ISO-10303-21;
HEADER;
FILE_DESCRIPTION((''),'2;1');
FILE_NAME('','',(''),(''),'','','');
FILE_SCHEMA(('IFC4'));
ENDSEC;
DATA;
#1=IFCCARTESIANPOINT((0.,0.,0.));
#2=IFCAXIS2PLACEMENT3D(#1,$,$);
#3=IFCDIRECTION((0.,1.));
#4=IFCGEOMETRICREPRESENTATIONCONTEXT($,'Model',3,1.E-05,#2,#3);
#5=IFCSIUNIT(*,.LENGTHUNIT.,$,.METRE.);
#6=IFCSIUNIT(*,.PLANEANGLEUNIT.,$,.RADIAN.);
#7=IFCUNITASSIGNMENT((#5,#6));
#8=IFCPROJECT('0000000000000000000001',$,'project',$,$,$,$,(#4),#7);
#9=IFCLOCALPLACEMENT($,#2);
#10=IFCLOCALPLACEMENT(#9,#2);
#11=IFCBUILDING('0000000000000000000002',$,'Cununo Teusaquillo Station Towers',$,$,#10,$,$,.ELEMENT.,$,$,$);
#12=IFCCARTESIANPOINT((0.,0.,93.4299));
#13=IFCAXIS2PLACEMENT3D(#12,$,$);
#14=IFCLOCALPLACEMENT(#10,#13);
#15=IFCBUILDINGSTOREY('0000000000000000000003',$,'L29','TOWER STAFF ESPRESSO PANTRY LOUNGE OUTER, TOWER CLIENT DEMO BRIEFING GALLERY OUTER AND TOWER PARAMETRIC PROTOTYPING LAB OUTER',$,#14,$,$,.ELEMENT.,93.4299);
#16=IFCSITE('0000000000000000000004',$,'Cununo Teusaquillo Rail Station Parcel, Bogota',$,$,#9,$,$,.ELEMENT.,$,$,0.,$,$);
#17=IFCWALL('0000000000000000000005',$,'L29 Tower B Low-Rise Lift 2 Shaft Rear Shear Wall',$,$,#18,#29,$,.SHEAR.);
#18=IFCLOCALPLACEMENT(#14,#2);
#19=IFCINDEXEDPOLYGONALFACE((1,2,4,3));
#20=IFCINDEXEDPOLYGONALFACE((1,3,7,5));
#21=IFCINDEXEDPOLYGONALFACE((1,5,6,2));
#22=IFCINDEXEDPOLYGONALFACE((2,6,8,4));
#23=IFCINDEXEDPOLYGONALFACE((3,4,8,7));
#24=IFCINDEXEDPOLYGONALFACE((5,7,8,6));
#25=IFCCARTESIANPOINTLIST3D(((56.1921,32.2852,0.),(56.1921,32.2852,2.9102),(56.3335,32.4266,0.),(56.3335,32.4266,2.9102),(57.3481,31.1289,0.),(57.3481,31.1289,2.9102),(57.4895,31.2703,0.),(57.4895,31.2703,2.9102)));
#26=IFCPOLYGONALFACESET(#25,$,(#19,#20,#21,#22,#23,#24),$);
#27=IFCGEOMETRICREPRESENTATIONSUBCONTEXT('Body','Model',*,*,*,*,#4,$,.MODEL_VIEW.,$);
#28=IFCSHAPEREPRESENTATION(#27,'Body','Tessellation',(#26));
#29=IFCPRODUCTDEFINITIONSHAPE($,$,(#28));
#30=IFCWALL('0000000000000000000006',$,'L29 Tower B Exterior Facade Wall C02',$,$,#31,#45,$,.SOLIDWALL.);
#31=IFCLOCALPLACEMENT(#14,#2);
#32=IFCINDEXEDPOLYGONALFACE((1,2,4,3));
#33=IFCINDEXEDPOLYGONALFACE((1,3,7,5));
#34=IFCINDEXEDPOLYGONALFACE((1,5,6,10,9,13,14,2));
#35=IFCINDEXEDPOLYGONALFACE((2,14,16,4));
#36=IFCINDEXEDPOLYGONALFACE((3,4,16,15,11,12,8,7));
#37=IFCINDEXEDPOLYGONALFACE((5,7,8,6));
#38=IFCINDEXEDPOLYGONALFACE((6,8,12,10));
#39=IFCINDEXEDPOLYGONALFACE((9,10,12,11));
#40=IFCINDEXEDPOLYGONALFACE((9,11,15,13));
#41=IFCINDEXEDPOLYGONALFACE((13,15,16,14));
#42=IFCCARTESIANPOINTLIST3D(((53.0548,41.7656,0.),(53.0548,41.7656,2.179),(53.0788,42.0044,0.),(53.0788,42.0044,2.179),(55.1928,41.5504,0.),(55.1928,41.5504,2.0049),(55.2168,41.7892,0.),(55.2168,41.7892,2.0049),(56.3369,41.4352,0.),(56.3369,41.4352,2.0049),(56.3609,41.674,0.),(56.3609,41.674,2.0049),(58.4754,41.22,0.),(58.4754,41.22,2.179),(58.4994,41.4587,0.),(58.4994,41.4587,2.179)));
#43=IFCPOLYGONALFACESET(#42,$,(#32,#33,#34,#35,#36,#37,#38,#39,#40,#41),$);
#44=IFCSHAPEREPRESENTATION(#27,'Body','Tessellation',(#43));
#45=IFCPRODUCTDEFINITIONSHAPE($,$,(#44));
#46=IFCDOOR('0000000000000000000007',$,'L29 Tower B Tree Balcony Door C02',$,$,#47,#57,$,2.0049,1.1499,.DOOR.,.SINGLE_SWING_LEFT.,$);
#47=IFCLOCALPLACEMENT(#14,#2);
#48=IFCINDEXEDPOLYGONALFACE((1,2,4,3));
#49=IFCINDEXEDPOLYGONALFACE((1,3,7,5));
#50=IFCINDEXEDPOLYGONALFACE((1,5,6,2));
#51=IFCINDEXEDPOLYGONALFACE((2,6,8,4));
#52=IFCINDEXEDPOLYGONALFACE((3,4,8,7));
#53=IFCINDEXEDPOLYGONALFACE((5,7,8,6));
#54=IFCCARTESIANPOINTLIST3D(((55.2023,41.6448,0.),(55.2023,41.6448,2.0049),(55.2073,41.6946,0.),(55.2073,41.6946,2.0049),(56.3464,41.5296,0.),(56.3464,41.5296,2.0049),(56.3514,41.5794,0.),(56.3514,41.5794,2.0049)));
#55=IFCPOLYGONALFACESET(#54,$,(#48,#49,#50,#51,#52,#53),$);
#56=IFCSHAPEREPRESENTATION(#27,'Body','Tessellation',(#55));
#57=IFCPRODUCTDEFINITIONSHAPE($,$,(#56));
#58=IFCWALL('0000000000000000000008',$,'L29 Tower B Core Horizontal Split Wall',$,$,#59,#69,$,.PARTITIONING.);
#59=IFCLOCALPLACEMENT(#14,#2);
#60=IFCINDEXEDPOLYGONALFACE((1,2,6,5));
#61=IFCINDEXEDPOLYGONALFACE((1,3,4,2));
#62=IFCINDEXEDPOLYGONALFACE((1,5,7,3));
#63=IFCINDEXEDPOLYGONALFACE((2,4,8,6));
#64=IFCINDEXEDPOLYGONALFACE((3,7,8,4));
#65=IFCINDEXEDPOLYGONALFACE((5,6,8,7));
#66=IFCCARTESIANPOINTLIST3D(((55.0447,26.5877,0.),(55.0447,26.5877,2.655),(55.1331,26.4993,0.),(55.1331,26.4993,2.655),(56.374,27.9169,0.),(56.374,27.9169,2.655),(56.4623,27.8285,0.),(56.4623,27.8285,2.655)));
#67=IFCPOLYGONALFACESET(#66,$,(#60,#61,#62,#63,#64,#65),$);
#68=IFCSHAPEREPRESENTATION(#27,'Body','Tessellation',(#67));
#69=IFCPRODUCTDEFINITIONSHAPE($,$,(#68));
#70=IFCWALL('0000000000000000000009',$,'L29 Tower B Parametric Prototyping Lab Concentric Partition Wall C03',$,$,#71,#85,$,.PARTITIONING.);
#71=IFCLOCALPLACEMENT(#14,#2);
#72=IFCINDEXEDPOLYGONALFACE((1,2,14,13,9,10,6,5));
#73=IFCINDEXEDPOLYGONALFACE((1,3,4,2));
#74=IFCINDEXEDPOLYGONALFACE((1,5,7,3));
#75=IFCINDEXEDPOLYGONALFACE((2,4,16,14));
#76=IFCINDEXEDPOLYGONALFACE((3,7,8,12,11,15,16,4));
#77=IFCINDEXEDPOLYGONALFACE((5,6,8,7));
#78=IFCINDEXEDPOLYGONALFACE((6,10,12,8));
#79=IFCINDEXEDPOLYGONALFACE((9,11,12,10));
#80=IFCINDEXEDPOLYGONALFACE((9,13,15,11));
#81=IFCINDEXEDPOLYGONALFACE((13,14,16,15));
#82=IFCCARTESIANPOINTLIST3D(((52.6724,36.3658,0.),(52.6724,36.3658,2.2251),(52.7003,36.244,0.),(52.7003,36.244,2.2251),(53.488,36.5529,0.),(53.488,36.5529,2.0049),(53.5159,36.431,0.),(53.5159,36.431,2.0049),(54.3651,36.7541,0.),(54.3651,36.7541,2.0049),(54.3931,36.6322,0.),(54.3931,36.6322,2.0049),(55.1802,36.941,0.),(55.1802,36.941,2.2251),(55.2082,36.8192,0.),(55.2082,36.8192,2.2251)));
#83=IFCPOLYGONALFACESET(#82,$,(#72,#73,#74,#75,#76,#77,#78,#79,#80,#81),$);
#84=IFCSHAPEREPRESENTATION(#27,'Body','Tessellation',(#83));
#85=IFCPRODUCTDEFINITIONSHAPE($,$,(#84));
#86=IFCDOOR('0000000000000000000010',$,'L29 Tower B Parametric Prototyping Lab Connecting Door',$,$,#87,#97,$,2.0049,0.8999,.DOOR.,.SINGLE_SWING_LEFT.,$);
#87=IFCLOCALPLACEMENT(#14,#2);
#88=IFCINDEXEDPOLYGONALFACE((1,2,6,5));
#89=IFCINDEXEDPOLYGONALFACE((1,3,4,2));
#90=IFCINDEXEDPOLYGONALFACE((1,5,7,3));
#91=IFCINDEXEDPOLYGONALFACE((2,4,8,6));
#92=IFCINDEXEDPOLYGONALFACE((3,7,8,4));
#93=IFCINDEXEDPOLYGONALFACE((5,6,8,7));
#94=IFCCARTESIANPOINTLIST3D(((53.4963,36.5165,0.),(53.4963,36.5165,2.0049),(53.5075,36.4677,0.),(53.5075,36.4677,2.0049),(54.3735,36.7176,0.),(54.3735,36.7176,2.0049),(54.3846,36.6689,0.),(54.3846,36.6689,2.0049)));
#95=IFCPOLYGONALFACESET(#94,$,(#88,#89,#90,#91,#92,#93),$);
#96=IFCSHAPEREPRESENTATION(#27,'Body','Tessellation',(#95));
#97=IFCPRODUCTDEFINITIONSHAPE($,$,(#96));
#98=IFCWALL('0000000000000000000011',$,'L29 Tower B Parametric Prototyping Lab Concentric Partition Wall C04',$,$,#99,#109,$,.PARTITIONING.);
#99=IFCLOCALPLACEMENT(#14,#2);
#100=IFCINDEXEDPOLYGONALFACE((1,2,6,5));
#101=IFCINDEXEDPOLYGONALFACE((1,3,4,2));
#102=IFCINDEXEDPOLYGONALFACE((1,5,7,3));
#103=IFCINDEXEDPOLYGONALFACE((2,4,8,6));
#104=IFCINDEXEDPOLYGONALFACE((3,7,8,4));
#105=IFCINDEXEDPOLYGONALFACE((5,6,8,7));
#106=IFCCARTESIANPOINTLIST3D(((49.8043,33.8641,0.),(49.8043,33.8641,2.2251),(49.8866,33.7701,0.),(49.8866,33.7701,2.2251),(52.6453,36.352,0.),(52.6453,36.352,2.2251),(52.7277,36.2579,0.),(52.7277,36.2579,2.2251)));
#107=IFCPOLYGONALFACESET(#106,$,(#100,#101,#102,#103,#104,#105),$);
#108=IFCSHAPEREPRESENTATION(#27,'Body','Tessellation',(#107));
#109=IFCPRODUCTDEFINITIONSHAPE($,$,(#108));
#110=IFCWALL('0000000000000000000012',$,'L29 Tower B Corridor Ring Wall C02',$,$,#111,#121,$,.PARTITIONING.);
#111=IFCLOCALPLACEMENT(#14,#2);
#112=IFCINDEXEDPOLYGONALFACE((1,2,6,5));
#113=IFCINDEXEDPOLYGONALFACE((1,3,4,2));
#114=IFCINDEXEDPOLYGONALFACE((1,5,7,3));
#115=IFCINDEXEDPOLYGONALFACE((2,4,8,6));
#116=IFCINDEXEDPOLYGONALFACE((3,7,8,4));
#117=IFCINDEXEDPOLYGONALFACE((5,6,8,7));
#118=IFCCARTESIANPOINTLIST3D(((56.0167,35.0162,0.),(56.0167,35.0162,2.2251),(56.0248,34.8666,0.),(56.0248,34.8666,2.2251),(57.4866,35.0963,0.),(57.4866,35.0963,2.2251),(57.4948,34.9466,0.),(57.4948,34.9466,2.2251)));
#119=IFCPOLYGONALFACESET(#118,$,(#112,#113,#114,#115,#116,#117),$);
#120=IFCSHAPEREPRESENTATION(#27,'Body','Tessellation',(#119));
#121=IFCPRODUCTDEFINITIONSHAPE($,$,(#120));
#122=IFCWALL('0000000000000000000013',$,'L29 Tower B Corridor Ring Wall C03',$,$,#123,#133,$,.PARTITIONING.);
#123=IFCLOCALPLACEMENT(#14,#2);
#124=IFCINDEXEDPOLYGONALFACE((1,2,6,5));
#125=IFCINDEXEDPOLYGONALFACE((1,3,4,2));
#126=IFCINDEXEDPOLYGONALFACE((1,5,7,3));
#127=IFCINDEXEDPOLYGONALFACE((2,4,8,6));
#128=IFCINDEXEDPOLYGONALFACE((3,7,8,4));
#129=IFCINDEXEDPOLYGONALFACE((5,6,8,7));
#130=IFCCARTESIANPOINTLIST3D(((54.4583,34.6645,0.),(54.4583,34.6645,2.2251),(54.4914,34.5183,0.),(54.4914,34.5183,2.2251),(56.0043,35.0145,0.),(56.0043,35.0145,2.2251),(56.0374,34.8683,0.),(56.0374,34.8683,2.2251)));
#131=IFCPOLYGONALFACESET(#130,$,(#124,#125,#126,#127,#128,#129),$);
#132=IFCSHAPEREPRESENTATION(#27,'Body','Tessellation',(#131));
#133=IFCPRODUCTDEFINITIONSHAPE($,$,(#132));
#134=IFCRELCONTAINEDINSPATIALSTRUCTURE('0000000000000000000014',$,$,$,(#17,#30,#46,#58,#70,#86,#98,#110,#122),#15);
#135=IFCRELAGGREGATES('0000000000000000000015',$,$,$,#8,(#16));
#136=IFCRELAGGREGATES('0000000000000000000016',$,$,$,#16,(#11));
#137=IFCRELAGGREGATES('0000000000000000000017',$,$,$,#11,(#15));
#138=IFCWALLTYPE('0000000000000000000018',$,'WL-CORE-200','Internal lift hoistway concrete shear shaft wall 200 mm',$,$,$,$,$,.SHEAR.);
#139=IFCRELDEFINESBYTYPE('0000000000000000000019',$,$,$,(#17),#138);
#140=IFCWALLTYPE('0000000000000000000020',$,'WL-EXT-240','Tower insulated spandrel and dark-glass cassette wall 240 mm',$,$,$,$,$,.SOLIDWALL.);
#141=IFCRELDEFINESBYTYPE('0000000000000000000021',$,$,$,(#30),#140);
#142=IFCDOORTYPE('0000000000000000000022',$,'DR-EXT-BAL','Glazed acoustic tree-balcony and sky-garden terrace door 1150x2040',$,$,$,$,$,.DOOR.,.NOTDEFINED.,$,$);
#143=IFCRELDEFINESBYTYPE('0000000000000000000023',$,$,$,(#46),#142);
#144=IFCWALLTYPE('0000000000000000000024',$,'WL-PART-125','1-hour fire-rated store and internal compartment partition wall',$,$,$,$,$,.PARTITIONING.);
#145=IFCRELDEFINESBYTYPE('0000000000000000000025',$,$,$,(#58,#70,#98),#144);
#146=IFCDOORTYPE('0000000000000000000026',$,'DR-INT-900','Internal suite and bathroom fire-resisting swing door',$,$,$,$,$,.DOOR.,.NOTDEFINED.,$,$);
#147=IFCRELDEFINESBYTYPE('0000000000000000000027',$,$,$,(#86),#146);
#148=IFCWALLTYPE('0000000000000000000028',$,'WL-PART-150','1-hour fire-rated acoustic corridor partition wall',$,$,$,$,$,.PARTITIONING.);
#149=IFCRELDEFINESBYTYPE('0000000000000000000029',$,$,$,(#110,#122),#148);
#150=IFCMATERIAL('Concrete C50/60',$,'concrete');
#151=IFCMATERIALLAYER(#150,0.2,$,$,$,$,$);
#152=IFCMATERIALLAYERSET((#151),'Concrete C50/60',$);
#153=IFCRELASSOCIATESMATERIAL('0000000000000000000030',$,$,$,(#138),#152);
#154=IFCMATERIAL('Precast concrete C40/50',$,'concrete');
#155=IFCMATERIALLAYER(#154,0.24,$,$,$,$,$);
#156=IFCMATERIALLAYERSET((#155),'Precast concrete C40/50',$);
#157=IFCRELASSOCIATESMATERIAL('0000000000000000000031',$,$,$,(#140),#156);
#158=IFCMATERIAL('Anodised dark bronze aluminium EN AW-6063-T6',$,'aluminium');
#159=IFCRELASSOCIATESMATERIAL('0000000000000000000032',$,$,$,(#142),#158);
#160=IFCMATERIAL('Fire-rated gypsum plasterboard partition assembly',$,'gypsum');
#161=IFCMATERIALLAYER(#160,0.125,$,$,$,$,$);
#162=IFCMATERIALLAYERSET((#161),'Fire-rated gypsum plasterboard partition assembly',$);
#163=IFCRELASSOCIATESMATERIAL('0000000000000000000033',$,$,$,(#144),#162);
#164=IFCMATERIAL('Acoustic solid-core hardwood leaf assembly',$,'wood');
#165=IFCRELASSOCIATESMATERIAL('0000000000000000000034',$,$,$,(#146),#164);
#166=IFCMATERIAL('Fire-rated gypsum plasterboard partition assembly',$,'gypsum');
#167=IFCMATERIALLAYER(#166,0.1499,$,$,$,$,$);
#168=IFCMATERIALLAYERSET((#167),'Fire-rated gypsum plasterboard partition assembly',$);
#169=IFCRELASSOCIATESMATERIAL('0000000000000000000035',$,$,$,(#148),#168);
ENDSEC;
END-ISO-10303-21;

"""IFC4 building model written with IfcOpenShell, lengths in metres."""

from ifc_helpers import new_model, si_unit, direction, frame, frame_2d, origin, place, context, subcontext, project, spatial, rectangle, extrude, source, transform, mapped, material, layer, layer_set, type_object, element, fill, save


model = new_model("IFC4")

# Units and contexts
model_context = context("Model", 3, precision=1e-05, world=origin(), true_north=direction((0.0, 1.0)))
body_context = subcontext(model_context, "Body", "Model", "MODEL_VIEW")
ifc_project = project(units=[si_unit("LENGTHUNIT", "METRE"), si_unit("PLANEANGLEUNIT", "RADIAN")], contexts=[model_context])

# Site, building, storey
site_placement = place(None, origin())
site = spatial("IfcSite", under=ifc_project, at=site_placement, Name="Cununo Teusaquillo Rail Station Parcel, Bogota", CompositionType="ELEMENT", RefElevation=0.0)
building_placement = place(site_placement, origin())
building = spatial("IfcBuilding", under=site, at=building_placement, Name="Cununo Teusaquillo Station Towers", CompositionType="ELEMENT")
storey_placement = place(building_placement, frame((0.0, 0.0, 93.4299)))
storey = spatial("IfcBuildingStorey", under=building, at=storey_placement, Name="L29", Description="TOWER STAFF ESPRESSO PANTRY LOUNGE OUTER, TOWER CLIENT DEMO BRIEFING GALLERY OUTER AND TOWER PARAMETRIC PROTOTYPING LAB OUTER", CompositionType="ELEMENT", Elevation=93.4299)

# Wall
ifc_material_1 = material(Name="Concrete C50/60", Category="concrete")
ifc_layer_1 = layer(ifc_material_1, 0.2)
ifc_layer_set_1 = layer_set([ifc_layer_1], Name="Concrete C50/60")
wall_type_1 = type_object("IfcWallType", Name="WL-CORE-200", Description="Internal lift hoistway concrete shear shaft wall 200 mm", PredefinedType="SHEAR", material=ifc_layer_set_1)
wall_1_placement = place(storey_placement, frame((57.4187, 31.1997, 0.0), z_axis=(0.0, 0.0, 1.0), x_axis=(-0.707032, 0.707181, 0.0)))
element("IfcWall", 1, at=wall_1_placement, inside=storey, type_object=wall_type_1, Name="L29 Tower B Low-Rise Lift 2 Shaft Rear Shear Wall", PredefinedType="SHEAR", context=body_context, shape_type="SweptSolid", body=[
    extrude(rectangle(XDim=1.635, YDim=0.2, at=frame_2d((0.8174, 0.0))), origin(), (0.0, 0.0, 1.0), 2.9102),
])

# Wall, opening, door
ifc_material_2 = material(Name="Precast concrete C40/50", Category="concrete")
ifc_layer_2 = layer(ifc_material_2, 0.24)
ifc_layer_set_2 = layer_set([ifc_layer_2], Name="Precast concrete C40/50")
wall_type_2 = type_object("IfcWallType", Name="WL-EXT-240", Description="Tower insulated spandrel and dark-glass cassette wall 240 mm", PredefinedType="SOLIDWALL", material=ifc_layer_set_2)
wall_2_placement = place(storey_placement, frame((53.0667, 41.885, 0.0), z_axis=(0.0, 0.0, 1.0), x_axis=(0.994972, -0.100156, 0.0)))
wall_2 = element("IfcWall", 2, at=wall_2_placement, inside=storey, type_object=wall_type_2, Name="L29 Tower B Exterior Facade Wall C02", PredefinedType="SOLIDWALL", context=body_context, shape_type="SweptSolid", body=[
    extrude(rectangle(XDim=5.448, YDim=0.24, at=frame_2d((2.7241, 0.0))), origin(), (0.0, 0.0, 1.0), 2.179),
])
shared_shape_1 = source(origin(), body_context, "Body", "SweptSolid", [
    extrude(rectangle(XDim=1.1499, YDim=2.0049, at=frame_2d((0.575, 1.0024))), frame((0.0, 0.1299, 0.0), z_axis=(0.0, -1.0, 0.0), x_axis=(1.0, 0.0, 0.0)), (0.0, 0.0, 1.0), 0.26),
])
opening_1_placement = place(wall_2_placement, frame((2.1489, 0.0, 0.0)))
opening_1 = element("IfcOpeningElement", 3, at=opening_1_placement, cuts=wall_2, PredefinedType="OPENING", context=body_context, shape_type="MappedRepresentation", body=[
    mapped(shared_shape_1, transform((0.0, 0.0, 0.0), x_axis=(1.0, 0.0, 0.0), y_axis=(0.0, 1.0, 0.0), z_axis=(0.0, 0.0, 1.0), scale=1.0)),
])
ifc_material_3 = material(Name="Anodised dark bronze aluminium EN AW-6063-T6", Category="aluminium")
door_type_1 = type_object("IfcDoorType", Name="DR-EXT-BAL", Description="Glazed acoustic tree-balcony and sky-garden terrace door 1150x2040", OperationType="NOTDEFINED", PredefinedType="DOOR", material=ifc_material_3)
shared_shape_2 = source(origin(), body_context, "Body", "SweptSolid", [
    extrude(rectangle(XDim=1.1499, YDim=2.0049, at=frame_2d((0.575, 1.0024))), frame((0.0, 0.0249, 0.0), z_axis=(0.0, -1.0, 0.0), x_axis=(1.0, 0.0, 0.0)), (0.0, 0.0, 1.0), 0.05),
])
door_1_placement = place(opening_1_placement, origin())
door_1 = element("IfcDoor", 4, at=door_1_placement, inside=storey, type_object=door_type_1, Name="L29 Tower B Tree Balcony Door C02", OperationType="SINGLE_SWING_LEFT", OverallHeight=2.0049, OverallWidth=1.1499, PredefinedType="DOOR", context=body_context, shape_type="MappedRepresentation", body=[
    mapped(shared_shape_2, transform((0.0, 0.0, 0.0), x_axis=(1.0, 0.0, 0.0), y_axis=(0.0, 1.0, 0.0), z_axis=(0.0, 0.0, 1.0), scale=1.0)),
])
fill(opening_1, door_1)

# Wall
ifc_material_4 = material(Name="Fire-rated gypsum plasterboard partition assembly", Category="gypsum")
ifc_layer_3 = layer(ifc_material_4, 0.125)
ifc_layer_set_3 = layer_set([ifc_layer_3], Name="Fire-rated gypsum plasterboard partition assembly")
wall_type_3 = type_object("IfcWallType", Name="WL-PART-125", Description="1-hour fire-rated store and internal compartment partition wall", PredefinedType="PARTITIONING", material=ifc_layer_set_3)
wall_3_placement = place(storey_placement, frame((55.0889, 26.5435, 0.0), z_axis=(0.0, 0.0, 1.0), x_axis=(0.707107, 0.707107, 0.0)))
element("IfcWall", 5, at=wall_3_placement, inside=storey, type_object=wall_type_3, Name="L29 Tower B Core Horizontal Split Wall", PredefinedType="PARTITIONING", context=body_context, shape_type="SweptSolid", body=[
    extrude(rectangle(XDim=1.8799, YDim=0.125, at=frame_2d((0.9399, 0.0))), origin(), (0.0, 0.0, 1.0), 2.655),
])

# Wall, opening, door
wall_4_placement = place(storey_placement, frame((55.1943, 36.8801, 0.0), z_axis=(0.0, 0.0, 1.0), x_axis=(-0.974691, -0.223556, 0.0)))
wall_4 = element("IfcWall", 6, at=wall_4_placement, inside=storey, type_object=wall_type_3, Name="L29 Tower B Parametric Prototyping Lab Concentric Partition Wall C03", PredefinedType="PARTITIONING", context=body_context, shape_type="SweptSolid", body=[
    extrude(rectangle(XDim=2.573, YDim=0.125, at=frame_2d((1.2866, 0.0))), origin(), (0.0, 0.0, 1.0), 2.2251),
])
shared_shape_3 = source(origin(), body_context, "Body", "SweptSolid", [
    extrude(rectangle(XDim=0.8999, YDim=2.0049, at=frame_2d((0.45, 1.0024))), frame((0.0, 0.0725, 0.0), z_axis=(0.0, -1.0, 0.0), x_axis=(1.0, 0.0, 0.0)), (0.0, 0.0, 1.0), 0.145),
])
opening_2_placement = place(wall_4_placement, frame((0.8364, 0.0, 0.0)))
opening_2 = element("IfcOpeningElement", 7, at=opening_2_placement, cuts=wall_4, PredefinedType="OPENING", context=body_context, shape_type="MappedRepresentation", body=[
    mapped(shared_shape_3, transform((0.0, 0.0, 0.0), x_axis=(1.0, 0.0, 0.0), y_axis=(0.0, 1.0, 0.0), z_axis=(0.0, 0.0, 1.0), scale=1.0)),
])
ifc_material_5 = material(Name="Acoustic solid-core hardwood leaf assembly", Category="wood")
door_type_2 = type_object("IfcDoorType", Name="DR-INT-900", Description="Internal suite and bathroom fire-resisting swing door", OperationType="NOTDEFINED", PredefinedType="DOOR", material=ifc_material_5)
shared_shape_4 = source(origin(), body_context, "Body", "SweptSolid", [
    extrude(rectangle(XDim=0.8999, YDim=2.0049, at=frame_2d((0.45, 1.0024))), frame((0.0, 0.0249, 0.0), z_axis=(0.0, -1.0, 0.0), x_axis=(1.0, 0.0, 0.0)), (0.0, 0.0, 1.0), 0.05),
])
door_2_placement = place(opening_2_placement, origin())
door_2 = element("IfcDoor", 8, at=door_2_placement, inside=storey, type_object=door_type_2, Name="L29 Tower B Parametric Prototyping Lab Connecting Door", OperationType="SINGLE_SWING_LEFT", OverallHeight=2.0049, OverallWidth=0.8999, PredefinedType="DOOR", context=body_context, shape_type="MappedRepresentation", body=[
    mapped(shared_shape_4, transform((0.0, 0.0, 0.0), x_axis=(1.0, 0.0, 0.0), y_axis=(0.0, 1.0, 0.0), z_axis=(0.0, 0.0, 1.0), scale=1.0)),
])
fill(opening_2, door_2)

# Walls
wall_5_placement = place(storey_placement, frame((52.6865, 36.3049, 0.0), z_axis=(0.0, 0.0, 1.0), x_axis=(-0.752332, -0.658784, 0.0)))
element("IfcWall", 9, at=wall_5_placement, inside=storey, type_object=wall_type_3, Name="L29 Tower B Parametric Prototyping Lab Concentric Partition Wall C04", PredefinedType="PARTITIONING", context=body_context, shape_type="SweptSolid", body=[
    extrude(rectangle(XDim=3.7764, YDim=0.125, at=frame_2d((1.8882, 0.0))), origin(), (0.0, 0.0, 1.0), 2.2251),
])
ifc_material_6 = material(Name="Fire-rated gypsum plasterboard partition assembly", Category="gypsum")
ifc_layer_4 = layer(ifc_material_6, 0.1499)
ifc_layer_set_4 = layer_set([ifc_layer_4], Name="Fire-rated gypsum plasterboard partition assembly")
wall_type_4 = type_object("IfcWallType", Name="WL-PART-150", Description="1-hour fire-rated acoustic corridor partition wall", PredefinedType="PARTITIONING", material=ifc_layer_set_4)
wall_6_placement = place(storey_placement, frame((57.4907, 35.0215, 0.0), z_axis=(0.0, 0.0, 1.0), x_axis=(-0.998519, -0.054395, 0.0)))
element("IfcWall", 10, at=wall_6_placement, inside=storey, type_object=wall_type_4, Name="L29 Tower B Corridor Ring Wall C02", PredefinedType="PARTITIONING", context=body_context, shape_type="SweptSolid", body=[
    extrude(rectangle(XDim=1.4722, YDim=0.1499, at=frame_2d((0.7361, 0.0))), origin(), (0.0, 0.0, 1.0), 2.2251),
])
wall_7_placement = place(storey_placement, frame((56.0208, 34.9414, 0.0), z_axis=(0.0, 0.0, 1.0), x_axis=(-0.97531, -0.220842, 0.0)))
element("IfcWall", 11, at=wall_7_placement, inside=storey, type_object=wall_type_4, Name="L29 Tower B Corridor Ring Wall C03", PredefinedType="PARTITIONING", context=body_context, shape_type="SweptSolid", body=[
    extrude(rectangle(XDim=1.5852, YDim=0.1499, at=frame_2d((0.7925, 0.0))), origin(), (0.0, 0.0, 1.0), 2.2251),
])

save(model, "model.ifc")
